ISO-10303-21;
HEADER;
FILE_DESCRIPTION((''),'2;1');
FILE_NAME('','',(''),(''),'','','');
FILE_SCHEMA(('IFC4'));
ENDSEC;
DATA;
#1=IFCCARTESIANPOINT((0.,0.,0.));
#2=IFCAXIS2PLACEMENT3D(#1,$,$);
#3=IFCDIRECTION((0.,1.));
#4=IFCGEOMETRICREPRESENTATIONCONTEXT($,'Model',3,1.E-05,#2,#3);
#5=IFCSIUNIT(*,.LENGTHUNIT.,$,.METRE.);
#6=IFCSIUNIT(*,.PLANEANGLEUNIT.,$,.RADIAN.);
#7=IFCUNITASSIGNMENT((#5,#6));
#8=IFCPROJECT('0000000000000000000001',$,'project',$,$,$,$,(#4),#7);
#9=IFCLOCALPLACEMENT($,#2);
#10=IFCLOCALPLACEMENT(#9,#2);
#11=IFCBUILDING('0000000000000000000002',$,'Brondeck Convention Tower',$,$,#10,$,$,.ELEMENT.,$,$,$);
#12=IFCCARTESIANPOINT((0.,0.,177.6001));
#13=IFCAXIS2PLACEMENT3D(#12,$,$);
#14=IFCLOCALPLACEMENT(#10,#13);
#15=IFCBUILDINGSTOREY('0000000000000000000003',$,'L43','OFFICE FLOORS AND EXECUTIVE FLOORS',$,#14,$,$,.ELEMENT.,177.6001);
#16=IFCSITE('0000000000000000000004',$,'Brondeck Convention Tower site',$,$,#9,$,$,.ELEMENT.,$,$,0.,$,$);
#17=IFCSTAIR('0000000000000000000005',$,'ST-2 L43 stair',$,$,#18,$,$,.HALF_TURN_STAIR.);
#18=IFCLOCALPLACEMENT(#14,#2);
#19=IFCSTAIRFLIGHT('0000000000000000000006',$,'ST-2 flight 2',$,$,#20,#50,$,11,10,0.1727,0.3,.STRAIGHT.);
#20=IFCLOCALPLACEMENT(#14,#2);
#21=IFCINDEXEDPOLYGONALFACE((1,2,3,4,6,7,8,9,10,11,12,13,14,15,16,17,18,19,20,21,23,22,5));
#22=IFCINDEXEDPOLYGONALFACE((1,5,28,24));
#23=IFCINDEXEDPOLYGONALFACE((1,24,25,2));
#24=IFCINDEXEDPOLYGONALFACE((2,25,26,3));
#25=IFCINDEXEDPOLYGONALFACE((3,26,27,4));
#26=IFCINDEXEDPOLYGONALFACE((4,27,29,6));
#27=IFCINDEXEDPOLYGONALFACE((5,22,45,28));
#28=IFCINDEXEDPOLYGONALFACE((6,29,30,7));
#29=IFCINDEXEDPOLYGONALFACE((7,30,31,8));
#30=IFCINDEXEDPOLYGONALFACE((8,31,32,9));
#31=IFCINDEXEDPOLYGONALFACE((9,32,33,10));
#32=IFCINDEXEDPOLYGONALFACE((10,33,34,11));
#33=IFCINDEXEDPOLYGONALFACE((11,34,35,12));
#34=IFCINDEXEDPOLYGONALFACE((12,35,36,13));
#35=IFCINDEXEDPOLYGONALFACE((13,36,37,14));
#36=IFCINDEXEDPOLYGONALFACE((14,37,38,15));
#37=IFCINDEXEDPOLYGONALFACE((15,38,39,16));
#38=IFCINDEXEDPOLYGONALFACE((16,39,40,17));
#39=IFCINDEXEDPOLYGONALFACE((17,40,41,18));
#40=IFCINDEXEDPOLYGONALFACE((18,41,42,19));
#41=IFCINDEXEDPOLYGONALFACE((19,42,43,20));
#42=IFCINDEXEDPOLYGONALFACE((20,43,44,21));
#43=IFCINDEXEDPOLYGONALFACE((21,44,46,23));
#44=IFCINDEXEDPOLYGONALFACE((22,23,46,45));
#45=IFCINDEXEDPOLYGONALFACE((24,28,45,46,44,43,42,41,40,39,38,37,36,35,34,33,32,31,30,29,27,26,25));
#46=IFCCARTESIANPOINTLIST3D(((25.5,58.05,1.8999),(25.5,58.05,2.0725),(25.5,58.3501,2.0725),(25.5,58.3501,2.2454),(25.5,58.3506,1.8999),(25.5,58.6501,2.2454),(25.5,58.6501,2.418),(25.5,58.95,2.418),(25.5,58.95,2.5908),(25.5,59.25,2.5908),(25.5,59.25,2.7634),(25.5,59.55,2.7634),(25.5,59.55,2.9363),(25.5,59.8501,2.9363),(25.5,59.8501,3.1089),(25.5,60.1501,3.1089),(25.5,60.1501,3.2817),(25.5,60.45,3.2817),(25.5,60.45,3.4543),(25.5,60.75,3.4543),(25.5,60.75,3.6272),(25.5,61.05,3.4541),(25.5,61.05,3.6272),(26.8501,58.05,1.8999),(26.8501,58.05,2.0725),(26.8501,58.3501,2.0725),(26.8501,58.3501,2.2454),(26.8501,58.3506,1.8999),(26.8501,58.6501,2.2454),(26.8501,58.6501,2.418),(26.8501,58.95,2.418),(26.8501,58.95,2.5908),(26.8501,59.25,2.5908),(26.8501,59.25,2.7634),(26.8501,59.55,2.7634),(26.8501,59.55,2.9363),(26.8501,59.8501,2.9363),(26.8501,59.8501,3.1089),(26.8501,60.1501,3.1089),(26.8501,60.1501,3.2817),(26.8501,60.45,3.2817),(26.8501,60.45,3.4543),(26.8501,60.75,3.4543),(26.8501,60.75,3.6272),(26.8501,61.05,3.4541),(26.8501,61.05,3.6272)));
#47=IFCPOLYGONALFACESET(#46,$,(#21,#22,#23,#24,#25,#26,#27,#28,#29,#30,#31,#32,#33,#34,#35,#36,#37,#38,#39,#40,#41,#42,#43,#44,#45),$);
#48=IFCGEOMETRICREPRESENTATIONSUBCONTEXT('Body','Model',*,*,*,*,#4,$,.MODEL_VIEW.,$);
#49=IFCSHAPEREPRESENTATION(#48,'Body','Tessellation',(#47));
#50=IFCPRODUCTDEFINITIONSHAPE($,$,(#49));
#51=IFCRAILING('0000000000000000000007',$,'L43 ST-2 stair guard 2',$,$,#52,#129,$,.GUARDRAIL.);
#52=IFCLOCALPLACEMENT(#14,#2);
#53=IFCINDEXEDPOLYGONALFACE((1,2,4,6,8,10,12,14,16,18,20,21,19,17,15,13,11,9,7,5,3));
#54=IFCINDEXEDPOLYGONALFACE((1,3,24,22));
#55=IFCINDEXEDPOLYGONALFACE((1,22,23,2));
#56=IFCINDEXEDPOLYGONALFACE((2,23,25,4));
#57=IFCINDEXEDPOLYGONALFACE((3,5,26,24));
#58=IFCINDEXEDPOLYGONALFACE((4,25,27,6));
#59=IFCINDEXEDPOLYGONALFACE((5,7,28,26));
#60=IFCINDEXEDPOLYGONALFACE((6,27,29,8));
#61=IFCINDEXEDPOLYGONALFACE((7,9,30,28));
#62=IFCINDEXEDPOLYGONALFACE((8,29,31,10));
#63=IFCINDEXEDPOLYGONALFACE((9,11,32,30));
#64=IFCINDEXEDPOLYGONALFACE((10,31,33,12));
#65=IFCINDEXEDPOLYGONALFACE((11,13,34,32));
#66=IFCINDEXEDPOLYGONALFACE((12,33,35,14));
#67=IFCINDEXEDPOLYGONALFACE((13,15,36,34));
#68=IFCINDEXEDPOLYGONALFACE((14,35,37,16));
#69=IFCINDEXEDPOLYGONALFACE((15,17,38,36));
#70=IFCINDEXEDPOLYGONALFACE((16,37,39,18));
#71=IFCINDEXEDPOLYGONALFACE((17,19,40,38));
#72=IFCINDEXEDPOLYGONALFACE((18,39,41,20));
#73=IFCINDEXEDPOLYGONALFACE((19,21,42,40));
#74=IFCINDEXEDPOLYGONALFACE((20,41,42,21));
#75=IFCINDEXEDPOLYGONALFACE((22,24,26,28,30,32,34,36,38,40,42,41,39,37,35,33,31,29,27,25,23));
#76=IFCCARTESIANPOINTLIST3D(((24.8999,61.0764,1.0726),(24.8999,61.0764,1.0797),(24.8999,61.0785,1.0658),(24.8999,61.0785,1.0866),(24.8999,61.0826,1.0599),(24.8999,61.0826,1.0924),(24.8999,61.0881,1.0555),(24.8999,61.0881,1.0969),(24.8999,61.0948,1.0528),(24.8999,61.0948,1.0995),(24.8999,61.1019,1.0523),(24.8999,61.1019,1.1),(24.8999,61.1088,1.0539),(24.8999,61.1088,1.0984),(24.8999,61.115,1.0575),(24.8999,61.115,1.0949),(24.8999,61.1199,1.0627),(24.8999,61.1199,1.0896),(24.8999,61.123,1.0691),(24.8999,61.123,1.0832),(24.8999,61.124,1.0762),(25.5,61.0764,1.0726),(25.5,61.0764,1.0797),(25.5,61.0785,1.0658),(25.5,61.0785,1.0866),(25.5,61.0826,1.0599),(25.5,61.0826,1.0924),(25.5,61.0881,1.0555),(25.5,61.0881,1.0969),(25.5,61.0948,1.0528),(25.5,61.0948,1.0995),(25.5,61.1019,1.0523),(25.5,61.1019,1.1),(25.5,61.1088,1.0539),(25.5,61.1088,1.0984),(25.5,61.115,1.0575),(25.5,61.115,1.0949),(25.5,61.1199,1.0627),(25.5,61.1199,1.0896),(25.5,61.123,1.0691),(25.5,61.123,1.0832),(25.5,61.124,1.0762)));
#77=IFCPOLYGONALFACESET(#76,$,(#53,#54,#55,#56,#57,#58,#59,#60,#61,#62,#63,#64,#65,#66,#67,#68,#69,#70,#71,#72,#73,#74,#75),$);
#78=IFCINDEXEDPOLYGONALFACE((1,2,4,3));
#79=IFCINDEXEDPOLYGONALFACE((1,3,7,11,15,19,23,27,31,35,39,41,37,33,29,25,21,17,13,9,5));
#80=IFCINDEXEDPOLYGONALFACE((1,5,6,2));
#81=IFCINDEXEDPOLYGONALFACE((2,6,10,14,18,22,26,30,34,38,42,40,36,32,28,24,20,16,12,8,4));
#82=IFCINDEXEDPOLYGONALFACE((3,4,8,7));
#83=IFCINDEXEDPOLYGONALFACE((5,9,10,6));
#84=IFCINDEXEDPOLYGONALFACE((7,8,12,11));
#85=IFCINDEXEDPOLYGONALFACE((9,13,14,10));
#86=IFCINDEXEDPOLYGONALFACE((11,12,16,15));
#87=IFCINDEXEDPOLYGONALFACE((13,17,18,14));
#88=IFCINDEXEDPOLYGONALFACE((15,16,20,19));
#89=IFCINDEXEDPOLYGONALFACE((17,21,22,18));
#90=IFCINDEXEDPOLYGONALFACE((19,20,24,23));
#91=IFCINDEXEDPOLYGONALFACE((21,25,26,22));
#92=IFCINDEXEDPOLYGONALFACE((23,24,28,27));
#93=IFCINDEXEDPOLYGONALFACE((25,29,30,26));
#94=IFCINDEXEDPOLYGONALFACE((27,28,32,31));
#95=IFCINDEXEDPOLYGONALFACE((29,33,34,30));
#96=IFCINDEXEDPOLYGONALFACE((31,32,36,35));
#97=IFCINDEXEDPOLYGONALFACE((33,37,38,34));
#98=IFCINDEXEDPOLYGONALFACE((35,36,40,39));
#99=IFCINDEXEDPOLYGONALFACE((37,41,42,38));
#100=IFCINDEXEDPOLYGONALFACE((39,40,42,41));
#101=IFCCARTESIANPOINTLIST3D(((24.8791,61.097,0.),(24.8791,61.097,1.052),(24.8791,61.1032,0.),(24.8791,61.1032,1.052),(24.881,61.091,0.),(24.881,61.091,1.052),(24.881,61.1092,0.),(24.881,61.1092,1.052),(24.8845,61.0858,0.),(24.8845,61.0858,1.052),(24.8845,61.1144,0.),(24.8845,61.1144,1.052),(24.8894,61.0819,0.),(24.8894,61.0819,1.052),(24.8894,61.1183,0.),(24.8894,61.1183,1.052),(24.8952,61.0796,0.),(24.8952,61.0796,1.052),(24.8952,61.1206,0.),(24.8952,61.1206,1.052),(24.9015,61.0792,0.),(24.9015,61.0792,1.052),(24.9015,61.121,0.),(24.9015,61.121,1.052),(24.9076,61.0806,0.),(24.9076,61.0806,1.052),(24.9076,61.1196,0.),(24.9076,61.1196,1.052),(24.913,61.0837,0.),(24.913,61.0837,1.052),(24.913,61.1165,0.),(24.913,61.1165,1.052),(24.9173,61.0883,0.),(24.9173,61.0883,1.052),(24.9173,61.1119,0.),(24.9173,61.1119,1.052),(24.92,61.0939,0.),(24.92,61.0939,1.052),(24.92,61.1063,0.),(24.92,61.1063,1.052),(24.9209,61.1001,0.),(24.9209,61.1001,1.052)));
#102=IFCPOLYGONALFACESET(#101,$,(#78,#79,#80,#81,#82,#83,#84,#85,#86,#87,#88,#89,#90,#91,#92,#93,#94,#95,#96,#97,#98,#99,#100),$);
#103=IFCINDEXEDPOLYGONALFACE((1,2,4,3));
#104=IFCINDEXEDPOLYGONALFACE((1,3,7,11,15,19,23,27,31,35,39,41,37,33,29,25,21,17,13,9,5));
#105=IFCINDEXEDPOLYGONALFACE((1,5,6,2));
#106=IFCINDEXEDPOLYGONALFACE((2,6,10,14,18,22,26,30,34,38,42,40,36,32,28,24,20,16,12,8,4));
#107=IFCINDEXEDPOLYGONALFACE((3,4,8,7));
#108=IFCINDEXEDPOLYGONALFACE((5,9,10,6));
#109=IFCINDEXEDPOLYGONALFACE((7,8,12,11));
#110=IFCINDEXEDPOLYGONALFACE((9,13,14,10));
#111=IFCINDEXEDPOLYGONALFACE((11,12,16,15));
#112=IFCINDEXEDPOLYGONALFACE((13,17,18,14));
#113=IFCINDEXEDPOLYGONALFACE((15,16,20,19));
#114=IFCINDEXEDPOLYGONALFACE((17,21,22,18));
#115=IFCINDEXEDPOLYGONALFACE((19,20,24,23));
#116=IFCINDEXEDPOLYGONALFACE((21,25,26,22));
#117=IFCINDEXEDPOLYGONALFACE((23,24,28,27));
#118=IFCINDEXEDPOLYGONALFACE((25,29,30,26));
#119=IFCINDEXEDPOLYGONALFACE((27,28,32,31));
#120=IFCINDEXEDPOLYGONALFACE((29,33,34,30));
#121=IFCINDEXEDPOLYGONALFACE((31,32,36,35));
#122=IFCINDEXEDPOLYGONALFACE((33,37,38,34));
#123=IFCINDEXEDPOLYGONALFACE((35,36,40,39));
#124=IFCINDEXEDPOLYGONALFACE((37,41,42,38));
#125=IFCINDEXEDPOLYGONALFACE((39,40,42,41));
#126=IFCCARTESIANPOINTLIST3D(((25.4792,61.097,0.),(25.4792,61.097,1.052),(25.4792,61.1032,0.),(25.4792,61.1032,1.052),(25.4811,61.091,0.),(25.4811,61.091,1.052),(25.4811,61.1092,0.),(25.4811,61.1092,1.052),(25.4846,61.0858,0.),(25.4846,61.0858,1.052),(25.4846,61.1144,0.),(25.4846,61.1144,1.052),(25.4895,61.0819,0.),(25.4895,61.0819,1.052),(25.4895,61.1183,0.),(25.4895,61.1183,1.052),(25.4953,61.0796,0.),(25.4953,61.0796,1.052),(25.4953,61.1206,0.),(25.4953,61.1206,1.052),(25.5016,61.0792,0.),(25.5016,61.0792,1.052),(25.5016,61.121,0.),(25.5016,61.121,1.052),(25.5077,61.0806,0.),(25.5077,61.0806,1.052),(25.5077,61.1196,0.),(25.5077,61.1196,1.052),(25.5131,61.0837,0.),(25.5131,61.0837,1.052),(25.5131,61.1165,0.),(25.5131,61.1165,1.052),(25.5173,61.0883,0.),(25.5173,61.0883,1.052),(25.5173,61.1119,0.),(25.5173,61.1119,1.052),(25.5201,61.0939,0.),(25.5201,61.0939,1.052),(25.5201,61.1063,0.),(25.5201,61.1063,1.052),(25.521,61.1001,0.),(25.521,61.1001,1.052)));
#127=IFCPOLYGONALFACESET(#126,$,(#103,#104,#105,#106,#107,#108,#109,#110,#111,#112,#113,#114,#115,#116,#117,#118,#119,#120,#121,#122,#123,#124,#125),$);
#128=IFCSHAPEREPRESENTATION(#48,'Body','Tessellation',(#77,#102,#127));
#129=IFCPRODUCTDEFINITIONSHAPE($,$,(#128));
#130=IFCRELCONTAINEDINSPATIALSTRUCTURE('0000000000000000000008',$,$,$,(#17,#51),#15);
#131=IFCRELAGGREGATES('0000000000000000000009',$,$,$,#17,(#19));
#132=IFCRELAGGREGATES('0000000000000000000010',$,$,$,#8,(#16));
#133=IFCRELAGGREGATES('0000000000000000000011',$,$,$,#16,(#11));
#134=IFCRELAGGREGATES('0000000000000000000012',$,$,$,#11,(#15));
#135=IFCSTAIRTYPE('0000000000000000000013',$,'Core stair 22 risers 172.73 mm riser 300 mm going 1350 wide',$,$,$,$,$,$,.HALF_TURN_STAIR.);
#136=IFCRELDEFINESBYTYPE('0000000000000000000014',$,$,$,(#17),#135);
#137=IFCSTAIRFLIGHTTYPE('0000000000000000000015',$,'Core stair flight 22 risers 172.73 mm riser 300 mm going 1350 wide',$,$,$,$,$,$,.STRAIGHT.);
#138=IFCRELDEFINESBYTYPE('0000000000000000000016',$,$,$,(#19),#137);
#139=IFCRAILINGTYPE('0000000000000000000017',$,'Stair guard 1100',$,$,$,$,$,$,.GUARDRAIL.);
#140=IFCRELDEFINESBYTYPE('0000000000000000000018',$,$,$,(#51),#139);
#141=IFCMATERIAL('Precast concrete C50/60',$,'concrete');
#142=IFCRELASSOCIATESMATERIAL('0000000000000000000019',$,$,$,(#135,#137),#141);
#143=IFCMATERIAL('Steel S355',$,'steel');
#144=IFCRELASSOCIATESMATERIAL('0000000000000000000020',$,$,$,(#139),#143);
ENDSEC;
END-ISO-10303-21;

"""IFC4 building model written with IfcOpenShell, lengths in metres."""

from ifc_helpers import new_model, si_unit, direction, frame, origin, origin_2d, place, context, subcontext, project, spatial, polyline, circle, outline, extrude, material, type_object, element, aggregate, save


model = new_model("IFC4")

# Units and contexts
model_context = context("Model", 3, precision=1e-05, world=origin(), true_north=direction((0.0, 1.0)))
body_context = subcontext(model_context, "Body", "Model", "MODEL_VIEW")
ifc_project = project(units=[si_unit("LENGTHUNIT", "METRE"), si_unit("PLANEANGLEUNIT", "RADIAN")], contexts=[model_context])

# Site, building, storey
site_placement = place(None, origin())
site = spatial("IfcSite", under=ifc_project, at=site_placement, Name="Brondeck Convention Tower site", CompositionType="ELEMENT", RefElevation=0.0)
building_placement = place(site_placement, origin())
building = spatial("IfcBuilding", under=site, at=building_placement, Name="Brondeck Convention Tower", CompositionType="ELEMENT")
storey_placement = place(building_placement, frame((0.0, 0.0, 177.6001)))
storey = spatial("IfcBuildingStorey", under=building, at=storey_placement, Name="L43", Description="OFFICE FLOORS AND EXECUTIVE FLOORS", CompositionType="ELEMENT", Elevation=177.6001)

# Stair, stair flight
ifc_material_1 = material(Name="Precast concrete C50/60", Category="concrete")
stair_type = type_object("IfcStairType", Name="Core stair 22 risers 172.73 mm riser 300 mm going 1350 wide", PredefinedType="HALF_TURN_STAIR", material=ifc_material_1)
stair_placement = place(storey_placement, origin())
stair = element("IfcStair", 1, at=stair_placement, inside=storey, type_object=stair_type, Name="ST-2 L43 stair", PredefinedType="HALF_TURN_STAIR")
stair_flight_type = type_object("IfcStairFlightType", Name="Core stair flight 22 risers 172.73 mm riser 300 mm going 1350 wide", PredefinedType="STRAIGHT", material=ifc_material_1)
stair_flight_1_placement = place(storey_placement, frame((26.175, 58.05, 1.8999), z_axis=(0.0, 0.0, 1.0), x_axis=(0.0, 1.0, 0.0)))
stair_flight_1 = element("IfcStairFlight", 2, at=stair_flight_1_placement, type_object=stair_flight_type, Name="ST-2 flight 2", NumberOfRisers=11, NumberOfTreads=10, PredefinedType="STRAIGHT", RiserHeight=0.1727, TreadLength=0.3, context=body_context, shape_type="SweptSolid", body=[
    extrude(outline(polyline([(0.0, 0.0), (0.0, 0.1726), (0.3, 0.1726), (0.3, 0.3455), (0.6001, 0.3455), (0.6001, 0.5181), (0.8999, 0.5181), (0.8999, 0.6909), (1.2, 0.6909), (1.2, 0.8635), (1.5, 0.8635), (1.5, 1.0364), (1.8, 1.0364), (1.8, 1.209), (2.1001, 1.209), (2.1001, 1.3818), (2.3999, 1.3818), (2.3999, 1.5544), (2.7, 1.5544), (2.7, 1.7273), (3.0, 1.7273), (3.0, 1.8999), (3.0, 1.5542), (0.3005, 0.0), (0.0, 0.0)])), frame((0.0, 0.675, 0.0), z_axis=(0.0, -1.0, 0.0), x_axis=(1.0, 0.0, 0.0)), (0.0, 0.0, 1.0), 1.3501),
])
aggregate(stair, [stair_flight_1])

# Railing
ifc_material_2 = material(Name="Steel S355", Category="steel")
railing_type_1 = type_object("IfcRailingType", Name="Stair guard 1100", PredefinedType="GUARDRAIL", material=ifc_material_2)
railing_1_placement = place(storey_placement, frame((24.8999, 61.1001, 0.0)))
element("IfcRailing", 3, at=railing_1_placement, inside=storey, type_object=railing_type_1, Name="L43 ST-2 stair guard 2", PredefinedType="GUARDRAIL", context=body_context, shape_type="SweptSolid", body=[
    extrude(circle(Radius=0.0239, at=origin_2d()), frame((0.0, 0.0, 1.0762), z_axis=(1.0, 0.0, 0.0), x_axis=(0.0, 1.0, 0.0)), (0.0, 0.0, 1.0), 0.6001),
    extrude(circle(Radius=0.021, at=origin_2d()), origin(), (0.0, 0.0, 1.0), 1.052),
    extrude(circle(Radius=0.021, at=origin_2d()), frame((0.6001, 0.0, 0.0)), (0.0, 0.0, 1.0), 1.052),
])

save(model, "model.ifc")
